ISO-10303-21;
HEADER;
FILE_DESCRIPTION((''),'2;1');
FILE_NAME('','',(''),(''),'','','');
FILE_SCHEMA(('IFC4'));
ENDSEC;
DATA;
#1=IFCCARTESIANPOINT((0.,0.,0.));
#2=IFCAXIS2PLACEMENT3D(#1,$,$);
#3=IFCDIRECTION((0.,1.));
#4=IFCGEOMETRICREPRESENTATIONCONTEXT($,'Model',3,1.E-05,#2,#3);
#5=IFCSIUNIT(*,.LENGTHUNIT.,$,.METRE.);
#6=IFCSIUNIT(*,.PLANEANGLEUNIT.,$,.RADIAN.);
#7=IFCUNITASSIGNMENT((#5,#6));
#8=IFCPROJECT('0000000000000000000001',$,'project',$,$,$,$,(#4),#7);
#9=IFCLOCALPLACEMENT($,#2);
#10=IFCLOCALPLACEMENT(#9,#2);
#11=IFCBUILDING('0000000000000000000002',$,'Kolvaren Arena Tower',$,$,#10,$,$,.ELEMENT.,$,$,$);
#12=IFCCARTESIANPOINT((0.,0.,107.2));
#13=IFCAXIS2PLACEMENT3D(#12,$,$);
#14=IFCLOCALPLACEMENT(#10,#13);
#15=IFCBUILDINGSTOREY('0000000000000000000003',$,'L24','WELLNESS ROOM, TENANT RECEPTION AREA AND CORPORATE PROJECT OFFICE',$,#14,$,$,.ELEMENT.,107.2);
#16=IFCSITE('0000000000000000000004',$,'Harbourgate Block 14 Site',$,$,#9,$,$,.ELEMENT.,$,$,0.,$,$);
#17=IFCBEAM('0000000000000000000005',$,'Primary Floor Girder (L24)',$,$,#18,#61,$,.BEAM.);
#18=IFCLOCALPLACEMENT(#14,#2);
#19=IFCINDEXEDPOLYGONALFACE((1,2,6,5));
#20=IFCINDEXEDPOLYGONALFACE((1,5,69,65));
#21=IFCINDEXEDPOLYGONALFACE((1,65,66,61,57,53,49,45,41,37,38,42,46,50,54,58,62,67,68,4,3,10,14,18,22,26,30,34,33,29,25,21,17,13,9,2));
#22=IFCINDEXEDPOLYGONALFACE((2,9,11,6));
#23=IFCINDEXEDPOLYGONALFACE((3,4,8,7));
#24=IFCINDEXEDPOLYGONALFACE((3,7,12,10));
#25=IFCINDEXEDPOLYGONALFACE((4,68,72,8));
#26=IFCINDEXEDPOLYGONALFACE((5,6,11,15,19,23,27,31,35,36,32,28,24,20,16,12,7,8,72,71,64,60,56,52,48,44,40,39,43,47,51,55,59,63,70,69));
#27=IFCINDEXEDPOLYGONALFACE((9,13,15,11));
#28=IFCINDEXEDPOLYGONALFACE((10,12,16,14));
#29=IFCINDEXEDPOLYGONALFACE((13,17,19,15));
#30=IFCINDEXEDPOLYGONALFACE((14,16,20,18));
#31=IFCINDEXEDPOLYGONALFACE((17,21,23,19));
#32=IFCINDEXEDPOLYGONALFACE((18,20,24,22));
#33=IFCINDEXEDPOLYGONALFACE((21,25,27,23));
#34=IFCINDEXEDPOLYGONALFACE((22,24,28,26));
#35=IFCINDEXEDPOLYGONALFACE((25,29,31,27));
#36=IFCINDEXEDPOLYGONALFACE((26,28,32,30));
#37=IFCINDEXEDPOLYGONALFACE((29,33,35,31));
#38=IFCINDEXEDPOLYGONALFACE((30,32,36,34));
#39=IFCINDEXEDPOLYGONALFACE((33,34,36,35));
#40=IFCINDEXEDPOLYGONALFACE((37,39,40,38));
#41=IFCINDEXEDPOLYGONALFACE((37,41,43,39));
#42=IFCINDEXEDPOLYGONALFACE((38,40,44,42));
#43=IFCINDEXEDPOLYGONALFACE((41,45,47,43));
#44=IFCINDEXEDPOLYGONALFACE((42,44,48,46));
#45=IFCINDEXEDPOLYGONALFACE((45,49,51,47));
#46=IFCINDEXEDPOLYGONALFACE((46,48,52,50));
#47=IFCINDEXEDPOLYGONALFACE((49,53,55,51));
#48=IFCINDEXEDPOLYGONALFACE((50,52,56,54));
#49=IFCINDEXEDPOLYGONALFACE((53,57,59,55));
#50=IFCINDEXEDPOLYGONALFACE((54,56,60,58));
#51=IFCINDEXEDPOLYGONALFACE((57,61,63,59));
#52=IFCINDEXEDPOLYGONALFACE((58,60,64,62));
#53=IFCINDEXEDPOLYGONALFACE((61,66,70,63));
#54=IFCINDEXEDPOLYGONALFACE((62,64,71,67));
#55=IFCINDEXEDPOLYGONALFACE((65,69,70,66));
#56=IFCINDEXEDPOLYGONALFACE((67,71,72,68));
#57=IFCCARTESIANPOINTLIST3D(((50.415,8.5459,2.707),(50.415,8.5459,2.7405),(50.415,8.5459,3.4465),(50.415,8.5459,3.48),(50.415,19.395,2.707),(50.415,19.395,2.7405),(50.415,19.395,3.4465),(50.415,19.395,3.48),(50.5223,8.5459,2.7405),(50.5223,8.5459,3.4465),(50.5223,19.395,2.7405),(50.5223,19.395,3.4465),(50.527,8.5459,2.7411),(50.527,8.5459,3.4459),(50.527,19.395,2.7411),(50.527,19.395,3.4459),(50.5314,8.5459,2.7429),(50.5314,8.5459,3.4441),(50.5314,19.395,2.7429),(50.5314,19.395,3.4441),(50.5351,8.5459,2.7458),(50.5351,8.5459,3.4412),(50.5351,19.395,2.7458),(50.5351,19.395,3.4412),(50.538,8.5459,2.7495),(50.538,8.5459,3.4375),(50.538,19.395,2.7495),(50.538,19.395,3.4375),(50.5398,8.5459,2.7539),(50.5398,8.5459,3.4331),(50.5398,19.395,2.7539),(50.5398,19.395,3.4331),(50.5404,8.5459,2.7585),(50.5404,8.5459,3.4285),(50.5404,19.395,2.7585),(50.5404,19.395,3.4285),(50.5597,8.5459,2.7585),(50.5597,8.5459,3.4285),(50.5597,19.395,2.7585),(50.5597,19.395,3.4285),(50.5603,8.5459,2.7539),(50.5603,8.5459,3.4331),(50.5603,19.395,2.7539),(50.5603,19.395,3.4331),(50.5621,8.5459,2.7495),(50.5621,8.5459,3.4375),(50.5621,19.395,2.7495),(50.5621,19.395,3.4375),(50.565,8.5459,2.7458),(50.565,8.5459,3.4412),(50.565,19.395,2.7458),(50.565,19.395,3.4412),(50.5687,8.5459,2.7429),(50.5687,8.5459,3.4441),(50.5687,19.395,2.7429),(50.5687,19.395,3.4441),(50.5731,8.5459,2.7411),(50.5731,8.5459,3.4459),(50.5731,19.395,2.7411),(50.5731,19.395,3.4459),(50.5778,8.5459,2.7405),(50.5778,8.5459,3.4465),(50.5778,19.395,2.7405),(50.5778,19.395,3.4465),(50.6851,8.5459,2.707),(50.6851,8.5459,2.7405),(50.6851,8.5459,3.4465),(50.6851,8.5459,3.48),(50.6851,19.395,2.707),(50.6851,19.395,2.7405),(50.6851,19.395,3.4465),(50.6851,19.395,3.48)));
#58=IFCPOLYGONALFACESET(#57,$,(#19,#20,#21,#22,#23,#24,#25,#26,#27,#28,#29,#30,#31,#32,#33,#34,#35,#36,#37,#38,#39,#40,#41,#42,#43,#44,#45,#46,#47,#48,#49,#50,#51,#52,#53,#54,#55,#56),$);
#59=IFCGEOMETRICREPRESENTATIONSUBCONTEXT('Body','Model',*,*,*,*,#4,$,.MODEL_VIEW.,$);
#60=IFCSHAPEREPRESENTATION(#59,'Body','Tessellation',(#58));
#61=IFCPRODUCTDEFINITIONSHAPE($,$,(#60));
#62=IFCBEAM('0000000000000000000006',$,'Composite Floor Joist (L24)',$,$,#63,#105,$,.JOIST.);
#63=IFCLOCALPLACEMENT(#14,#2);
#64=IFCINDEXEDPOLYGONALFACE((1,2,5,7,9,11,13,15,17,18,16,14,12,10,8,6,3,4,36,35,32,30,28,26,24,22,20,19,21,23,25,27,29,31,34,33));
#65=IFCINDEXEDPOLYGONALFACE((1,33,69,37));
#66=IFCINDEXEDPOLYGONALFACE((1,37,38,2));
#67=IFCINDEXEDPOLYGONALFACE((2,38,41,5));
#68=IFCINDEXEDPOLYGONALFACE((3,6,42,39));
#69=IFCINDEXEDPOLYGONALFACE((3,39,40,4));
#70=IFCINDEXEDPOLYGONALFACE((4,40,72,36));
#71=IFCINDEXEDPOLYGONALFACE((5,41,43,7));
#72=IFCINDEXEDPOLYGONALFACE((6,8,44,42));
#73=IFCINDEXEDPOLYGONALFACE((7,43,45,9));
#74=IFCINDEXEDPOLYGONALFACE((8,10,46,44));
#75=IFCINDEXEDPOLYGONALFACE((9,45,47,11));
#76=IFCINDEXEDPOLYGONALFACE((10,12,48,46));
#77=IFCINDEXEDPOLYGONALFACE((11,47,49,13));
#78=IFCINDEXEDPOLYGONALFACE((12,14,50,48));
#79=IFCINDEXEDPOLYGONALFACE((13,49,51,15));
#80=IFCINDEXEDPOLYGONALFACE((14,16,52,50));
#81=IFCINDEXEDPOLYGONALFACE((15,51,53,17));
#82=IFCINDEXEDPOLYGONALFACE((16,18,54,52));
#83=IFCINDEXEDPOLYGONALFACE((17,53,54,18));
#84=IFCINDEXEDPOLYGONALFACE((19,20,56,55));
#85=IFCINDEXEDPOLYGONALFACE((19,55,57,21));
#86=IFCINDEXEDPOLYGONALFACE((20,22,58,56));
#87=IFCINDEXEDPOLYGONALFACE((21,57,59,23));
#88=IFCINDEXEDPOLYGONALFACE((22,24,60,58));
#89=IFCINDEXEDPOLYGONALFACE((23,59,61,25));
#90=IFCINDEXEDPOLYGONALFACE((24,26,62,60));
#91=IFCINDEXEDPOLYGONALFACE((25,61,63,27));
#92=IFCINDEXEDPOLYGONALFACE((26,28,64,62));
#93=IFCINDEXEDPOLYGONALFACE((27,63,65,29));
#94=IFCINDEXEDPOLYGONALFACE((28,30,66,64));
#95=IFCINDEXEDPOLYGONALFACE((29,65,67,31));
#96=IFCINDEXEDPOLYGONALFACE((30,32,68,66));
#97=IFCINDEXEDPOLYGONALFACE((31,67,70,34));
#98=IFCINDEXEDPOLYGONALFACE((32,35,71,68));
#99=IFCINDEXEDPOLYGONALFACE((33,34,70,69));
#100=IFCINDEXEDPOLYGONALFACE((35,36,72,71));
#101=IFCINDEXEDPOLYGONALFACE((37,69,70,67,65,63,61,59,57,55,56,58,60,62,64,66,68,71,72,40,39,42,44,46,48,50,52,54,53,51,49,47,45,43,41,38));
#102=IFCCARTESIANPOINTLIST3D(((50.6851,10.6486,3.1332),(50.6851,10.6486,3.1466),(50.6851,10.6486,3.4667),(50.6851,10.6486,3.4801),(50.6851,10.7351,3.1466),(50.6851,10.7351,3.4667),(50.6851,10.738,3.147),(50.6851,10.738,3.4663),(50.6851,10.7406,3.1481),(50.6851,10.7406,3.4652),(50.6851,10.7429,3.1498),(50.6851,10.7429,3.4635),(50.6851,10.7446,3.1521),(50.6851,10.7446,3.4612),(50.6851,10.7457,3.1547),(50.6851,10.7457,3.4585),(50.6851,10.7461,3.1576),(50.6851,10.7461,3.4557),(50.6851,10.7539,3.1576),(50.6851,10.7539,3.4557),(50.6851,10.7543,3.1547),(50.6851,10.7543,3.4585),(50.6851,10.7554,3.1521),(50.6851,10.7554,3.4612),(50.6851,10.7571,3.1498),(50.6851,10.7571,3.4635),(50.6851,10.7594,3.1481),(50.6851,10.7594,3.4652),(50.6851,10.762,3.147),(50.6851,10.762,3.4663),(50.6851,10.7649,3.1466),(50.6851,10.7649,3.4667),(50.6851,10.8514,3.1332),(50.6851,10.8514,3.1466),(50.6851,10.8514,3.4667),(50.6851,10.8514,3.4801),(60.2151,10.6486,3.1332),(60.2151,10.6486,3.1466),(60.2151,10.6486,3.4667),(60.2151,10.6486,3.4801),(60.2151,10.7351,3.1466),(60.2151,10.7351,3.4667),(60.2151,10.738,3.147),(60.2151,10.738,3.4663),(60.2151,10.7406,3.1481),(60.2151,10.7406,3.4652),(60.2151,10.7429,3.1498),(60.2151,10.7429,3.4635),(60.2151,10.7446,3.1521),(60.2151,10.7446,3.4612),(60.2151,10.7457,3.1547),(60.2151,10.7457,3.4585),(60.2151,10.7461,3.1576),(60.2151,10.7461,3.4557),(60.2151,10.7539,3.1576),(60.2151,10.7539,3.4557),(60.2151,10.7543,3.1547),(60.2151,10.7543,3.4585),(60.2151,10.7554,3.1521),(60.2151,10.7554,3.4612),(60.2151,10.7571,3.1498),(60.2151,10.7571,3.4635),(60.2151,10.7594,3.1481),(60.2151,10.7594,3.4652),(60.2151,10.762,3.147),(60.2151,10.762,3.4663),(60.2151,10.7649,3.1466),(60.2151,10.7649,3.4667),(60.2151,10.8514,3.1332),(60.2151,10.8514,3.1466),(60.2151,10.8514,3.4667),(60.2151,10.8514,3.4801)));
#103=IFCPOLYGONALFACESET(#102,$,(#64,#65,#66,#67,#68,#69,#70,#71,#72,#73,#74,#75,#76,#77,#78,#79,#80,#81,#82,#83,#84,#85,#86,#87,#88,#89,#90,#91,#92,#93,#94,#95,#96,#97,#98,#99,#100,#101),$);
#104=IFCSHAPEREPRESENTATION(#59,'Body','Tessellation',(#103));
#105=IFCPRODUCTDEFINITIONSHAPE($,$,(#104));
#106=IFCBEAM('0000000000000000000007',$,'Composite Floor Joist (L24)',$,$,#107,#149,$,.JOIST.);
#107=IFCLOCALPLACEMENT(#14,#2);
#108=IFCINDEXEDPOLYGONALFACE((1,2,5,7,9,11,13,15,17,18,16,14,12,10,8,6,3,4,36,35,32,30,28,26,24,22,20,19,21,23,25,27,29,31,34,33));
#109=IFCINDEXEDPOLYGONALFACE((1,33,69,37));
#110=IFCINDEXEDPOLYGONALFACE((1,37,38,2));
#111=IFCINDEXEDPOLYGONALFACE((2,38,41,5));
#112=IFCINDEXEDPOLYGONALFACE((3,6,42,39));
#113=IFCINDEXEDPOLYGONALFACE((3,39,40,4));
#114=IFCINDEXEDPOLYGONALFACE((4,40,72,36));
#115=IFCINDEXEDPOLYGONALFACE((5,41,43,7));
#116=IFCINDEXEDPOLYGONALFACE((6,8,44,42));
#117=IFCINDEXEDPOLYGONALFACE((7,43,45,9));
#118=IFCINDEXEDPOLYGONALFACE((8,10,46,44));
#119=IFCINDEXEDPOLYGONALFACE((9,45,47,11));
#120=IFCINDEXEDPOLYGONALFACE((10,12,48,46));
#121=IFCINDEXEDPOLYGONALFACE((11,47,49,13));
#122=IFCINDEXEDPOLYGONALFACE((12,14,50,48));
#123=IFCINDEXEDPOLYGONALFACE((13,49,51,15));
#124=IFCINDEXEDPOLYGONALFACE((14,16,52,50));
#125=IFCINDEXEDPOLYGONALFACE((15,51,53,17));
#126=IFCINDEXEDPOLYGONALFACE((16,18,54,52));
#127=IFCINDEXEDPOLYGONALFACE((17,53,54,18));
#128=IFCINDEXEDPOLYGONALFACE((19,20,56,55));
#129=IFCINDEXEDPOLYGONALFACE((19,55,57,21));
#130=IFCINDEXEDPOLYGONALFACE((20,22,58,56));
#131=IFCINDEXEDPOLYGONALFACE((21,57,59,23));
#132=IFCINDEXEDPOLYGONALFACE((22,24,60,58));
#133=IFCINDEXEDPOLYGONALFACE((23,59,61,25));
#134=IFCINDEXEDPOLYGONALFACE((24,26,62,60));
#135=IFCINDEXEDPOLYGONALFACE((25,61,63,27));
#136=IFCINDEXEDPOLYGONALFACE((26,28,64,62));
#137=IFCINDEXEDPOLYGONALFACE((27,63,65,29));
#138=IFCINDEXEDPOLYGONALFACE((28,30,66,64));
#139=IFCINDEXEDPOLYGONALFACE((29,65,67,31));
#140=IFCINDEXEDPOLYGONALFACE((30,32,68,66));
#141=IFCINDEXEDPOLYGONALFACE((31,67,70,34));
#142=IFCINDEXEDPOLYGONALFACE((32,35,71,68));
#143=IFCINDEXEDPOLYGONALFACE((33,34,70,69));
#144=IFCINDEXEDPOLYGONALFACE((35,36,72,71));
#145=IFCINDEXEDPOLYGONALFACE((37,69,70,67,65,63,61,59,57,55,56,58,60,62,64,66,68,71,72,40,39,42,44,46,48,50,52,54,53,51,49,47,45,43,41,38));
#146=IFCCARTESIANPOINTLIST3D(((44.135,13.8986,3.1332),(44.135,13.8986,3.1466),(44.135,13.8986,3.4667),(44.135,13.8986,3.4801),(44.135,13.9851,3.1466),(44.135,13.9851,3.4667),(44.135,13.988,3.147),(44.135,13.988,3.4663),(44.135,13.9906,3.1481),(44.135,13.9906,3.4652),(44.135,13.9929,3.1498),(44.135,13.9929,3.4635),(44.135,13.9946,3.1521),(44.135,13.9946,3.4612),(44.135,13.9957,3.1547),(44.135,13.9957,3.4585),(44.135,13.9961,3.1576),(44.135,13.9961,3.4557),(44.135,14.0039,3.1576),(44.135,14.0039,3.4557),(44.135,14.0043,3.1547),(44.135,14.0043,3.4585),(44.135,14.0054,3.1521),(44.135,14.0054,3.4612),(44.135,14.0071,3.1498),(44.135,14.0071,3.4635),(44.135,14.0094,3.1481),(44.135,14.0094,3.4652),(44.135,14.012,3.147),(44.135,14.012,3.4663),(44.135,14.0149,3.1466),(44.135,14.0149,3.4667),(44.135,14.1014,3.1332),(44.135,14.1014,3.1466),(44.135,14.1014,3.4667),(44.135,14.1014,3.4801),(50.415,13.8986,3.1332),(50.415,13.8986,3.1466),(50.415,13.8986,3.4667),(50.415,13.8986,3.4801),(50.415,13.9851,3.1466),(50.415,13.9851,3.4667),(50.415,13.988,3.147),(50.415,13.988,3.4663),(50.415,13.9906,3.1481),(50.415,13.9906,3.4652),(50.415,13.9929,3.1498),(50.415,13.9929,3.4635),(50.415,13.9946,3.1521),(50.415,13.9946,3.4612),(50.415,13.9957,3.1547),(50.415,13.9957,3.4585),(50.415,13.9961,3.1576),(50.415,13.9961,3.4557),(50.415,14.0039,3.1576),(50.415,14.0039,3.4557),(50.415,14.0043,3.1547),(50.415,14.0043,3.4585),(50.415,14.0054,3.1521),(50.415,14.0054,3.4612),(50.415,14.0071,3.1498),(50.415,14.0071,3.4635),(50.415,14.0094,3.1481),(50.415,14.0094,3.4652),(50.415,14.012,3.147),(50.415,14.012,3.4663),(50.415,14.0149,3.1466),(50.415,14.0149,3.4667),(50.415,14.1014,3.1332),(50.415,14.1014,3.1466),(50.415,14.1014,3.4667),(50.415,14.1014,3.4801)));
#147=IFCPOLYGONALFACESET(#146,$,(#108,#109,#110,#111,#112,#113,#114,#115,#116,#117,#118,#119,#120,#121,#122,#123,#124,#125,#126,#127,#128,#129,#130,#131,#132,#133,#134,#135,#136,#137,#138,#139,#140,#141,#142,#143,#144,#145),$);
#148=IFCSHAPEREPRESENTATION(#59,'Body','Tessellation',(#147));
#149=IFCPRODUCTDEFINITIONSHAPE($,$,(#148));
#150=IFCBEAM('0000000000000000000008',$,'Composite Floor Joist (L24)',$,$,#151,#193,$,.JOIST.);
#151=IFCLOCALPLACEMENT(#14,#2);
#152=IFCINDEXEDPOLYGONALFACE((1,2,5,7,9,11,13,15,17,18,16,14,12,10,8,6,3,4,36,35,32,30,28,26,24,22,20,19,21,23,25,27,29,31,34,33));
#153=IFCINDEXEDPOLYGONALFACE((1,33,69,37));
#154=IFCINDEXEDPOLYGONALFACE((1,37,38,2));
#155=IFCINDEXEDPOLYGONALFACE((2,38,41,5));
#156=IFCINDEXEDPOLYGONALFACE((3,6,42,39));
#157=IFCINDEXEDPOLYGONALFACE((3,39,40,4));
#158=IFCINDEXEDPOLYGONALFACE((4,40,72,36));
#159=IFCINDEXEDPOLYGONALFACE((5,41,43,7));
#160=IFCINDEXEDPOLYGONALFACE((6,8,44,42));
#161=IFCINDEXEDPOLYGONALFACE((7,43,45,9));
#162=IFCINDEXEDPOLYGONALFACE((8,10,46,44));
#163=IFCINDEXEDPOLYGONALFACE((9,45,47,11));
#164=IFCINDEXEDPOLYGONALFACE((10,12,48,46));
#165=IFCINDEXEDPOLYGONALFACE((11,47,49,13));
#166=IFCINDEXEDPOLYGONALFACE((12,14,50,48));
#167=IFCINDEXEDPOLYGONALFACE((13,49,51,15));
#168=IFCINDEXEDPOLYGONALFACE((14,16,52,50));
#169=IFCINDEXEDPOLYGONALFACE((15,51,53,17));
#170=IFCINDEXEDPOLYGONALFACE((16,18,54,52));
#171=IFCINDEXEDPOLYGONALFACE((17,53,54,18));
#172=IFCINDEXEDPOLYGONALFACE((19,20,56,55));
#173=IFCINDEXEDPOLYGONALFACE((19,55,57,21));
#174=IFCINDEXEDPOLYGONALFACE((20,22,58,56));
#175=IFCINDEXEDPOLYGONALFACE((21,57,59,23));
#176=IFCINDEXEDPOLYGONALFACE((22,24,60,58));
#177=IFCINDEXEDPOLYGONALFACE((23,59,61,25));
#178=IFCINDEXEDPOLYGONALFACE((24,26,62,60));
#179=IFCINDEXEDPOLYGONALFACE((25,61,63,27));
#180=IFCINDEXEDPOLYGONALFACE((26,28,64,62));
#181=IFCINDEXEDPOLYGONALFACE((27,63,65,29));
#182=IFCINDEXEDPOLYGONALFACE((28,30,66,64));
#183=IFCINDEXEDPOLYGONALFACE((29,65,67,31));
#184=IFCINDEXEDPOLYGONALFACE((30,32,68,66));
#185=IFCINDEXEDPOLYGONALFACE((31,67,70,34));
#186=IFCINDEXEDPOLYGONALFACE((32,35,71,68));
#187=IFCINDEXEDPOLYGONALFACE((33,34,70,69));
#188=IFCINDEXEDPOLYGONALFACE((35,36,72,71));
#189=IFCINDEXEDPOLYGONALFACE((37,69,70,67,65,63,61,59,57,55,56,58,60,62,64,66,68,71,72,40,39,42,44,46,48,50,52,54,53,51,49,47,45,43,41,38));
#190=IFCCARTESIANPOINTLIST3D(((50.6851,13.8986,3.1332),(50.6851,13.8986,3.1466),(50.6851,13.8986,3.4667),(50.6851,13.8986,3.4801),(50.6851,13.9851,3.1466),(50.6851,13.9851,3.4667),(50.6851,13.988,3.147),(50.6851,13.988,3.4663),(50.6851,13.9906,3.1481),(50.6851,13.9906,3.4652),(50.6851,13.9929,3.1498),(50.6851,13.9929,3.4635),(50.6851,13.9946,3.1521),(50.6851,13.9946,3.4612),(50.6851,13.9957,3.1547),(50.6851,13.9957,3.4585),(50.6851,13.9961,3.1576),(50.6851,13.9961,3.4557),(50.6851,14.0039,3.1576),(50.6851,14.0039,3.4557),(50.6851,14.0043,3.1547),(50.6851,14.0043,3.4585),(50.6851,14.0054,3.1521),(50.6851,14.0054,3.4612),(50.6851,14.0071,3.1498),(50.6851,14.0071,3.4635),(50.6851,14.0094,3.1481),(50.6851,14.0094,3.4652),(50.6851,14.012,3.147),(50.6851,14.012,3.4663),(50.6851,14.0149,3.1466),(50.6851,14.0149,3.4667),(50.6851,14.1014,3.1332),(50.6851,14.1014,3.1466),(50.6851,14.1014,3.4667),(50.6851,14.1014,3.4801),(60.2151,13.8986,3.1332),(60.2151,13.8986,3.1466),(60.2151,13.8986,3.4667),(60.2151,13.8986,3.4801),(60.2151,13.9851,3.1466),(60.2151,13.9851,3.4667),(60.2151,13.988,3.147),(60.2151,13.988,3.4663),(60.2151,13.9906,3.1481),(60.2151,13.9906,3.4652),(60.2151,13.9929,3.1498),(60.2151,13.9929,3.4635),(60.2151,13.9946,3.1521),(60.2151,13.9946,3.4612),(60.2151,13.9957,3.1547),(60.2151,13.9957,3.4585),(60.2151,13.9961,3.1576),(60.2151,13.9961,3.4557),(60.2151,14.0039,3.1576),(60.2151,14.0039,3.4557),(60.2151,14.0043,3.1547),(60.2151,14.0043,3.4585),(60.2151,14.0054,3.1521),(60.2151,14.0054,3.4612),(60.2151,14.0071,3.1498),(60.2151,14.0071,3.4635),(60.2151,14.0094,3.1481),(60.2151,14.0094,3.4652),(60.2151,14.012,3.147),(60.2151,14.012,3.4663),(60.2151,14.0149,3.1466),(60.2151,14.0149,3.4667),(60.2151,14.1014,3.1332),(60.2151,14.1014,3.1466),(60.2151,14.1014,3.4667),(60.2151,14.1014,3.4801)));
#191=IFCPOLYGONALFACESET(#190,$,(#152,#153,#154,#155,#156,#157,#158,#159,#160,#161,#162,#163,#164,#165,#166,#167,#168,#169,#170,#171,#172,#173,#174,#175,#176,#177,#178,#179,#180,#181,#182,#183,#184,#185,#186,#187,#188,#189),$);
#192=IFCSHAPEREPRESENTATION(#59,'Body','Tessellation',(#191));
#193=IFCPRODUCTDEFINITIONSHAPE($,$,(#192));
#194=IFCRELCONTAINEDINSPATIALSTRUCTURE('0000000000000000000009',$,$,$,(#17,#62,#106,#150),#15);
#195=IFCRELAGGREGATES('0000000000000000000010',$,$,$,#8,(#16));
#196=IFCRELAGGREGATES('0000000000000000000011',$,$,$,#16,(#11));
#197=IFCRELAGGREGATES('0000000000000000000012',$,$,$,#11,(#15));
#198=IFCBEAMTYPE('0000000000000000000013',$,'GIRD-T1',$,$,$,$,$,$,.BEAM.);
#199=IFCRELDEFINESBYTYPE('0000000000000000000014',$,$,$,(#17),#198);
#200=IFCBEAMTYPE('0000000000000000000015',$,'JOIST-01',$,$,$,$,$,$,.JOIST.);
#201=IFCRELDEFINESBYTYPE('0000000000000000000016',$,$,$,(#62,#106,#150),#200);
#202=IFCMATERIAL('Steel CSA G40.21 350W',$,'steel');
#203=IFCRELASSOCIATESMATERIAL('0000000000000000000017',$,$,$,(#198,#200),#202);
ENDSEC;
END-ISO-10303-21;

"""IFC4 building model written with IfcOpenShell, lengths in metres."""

from ifc_helpers import new_model, si_unit, direction, frame, origin, origin_2d, place, context, subcontext, project, spatial, i_section, extrude, material, material_profile, profile_set, type_object, element, save


model = new_model("IFC4")

# Units and contexts
model_context = context("Model", 3, precision=1e-05, world=origin(), true_north=direction((0.0, 1.0)))
body_context = subcontext(model_context, "Body", "Model", "MODEL_VIEW")
ifc_project = project(units=[si_unit("LENGTHUNIT", "METRE"), si_unit("PLANEANGLEUNIT", "RADIAN")], contexts=[model_context])

# Site, building, storey
site_placement = place(None, origin())
site = spatial("IfcSite", under=ifc_project, at=site_placement, Name="Harbourgate Block 14 Site", CompositionType="ELEMENT", RefElevation=0.0)
building_placement = place(site_placement, origin())
building = spatial("IfcBuilding", under=site, at=building_placement, Name="Kolvaren Arena Tower", CompositionType="ELEMENT")
storey_placement = place(building_placement, frame((0.0, 0.0, 107.2)))
storey = spatial("IfcBuildingStorey", under=building, at=storey_placement, Name="L24", Description="WELLNESS ROOM, TENANT RECEPTION AREA AND CORPORATE PROJECT OFFICE", CompositionType="ELEMENT", Elevation=107.2)

# Beams
ifc_material_1 = material(Name="Steel CSA G40.21 350W", Category="steel")
ifc_material_profile_1 = material_profile(ifc_material_1, i_section(OverallWidth=0.27, OverallDepth=0.7729, WebThickness=0.0193, FlangeThickness=0.0334, FilletRadius=0.0181, at=origin_2d()), Name="W760x257")
ifc_profile_set_1 = profile_set([ifc_material_profile_1], Name="Steel CSA G40.21 350W")
beam_type_1 = type_object("IfcBeamType", Name="GIRD-T1", PredefinedType="BEAM", material=ifc_profile_set_1)
beam_1_placement = place(storey_placement, frame((50.55, 8.5459, 3.0935), z_axis=(0.0, 1.0, 0.0), x_axis=(-1.0, 0.0, 0.0)))
element("IfcBeam", 1, at=beam_1_placement, inside=storey, type_object=beam_type_1, Name="Primary Floor Girder (L24)", PredefinedType="BEAM", context=body_context, shape_type="SweptSolid", body=[
    extrude(i_section(OverallWidth=0.27, OverallDepth=0.7729, WebThickness=0.0193, FlangeThickness=0.0334, FilletRadius=0.0181, at=origin_2d()), origin(), (0.0, 0.0, 1.0), 10.8491),
])
ifc_material_profile_2 = material_profile(ifc_material_1, i_section(OverallWidth=0.2029, OverallDepth=0.3469, WebThickness=0.0078, FlangeThickness=0.0134, FilletRadius=0.011, at=origin_2d()), Name="W360x64")
ifc_profile_set_2 = profile_set([ifc_material_profile_2], Name="Steel CSA G40.21 350W")
beam_type_2 = type_object("IfcBeamType", Name="JOIST-01", PredefinedType="JOIST", material=ifc_profile_set_2)
beam_2_placement = place(storey_placement, frame((50.6851, 10.75, 3.3066), z_axis=(1.0, 0.0, 0.0), x_axis=(0.0, 1.0, 0.0)))
element("IfcBeam", 2, at=beam_2_placement, inside=storey, type_object=beam_type_2, Name="Composite Floor Joist (L24)", PredefinedType="JOIST", context=body_context, shape_type="SweptSolid", body=[
    extrude(i_section(OverallWidth=0.2029, OverallDepth=0.3469, WebThickness=0.0078, FlangeThickness=0.0134, FilletRadius=0.011, at=origin_2d()), origin(), (0.0, 0.0, 1.0), 9.53),
])
beam_3_placement = place(storey_placement, frame((44.135, 14.0, 3.3066), z_axis=(1.0, 0.0, 0.0), x_axis=(0.0, 1.0, 0.0)))
element("IfcBeam", 3, at=beam_3_placement, inside=storey, type_object=beam_type_2, Name="Composite Floor Joist (L24)", PredefinedType="JOIST", context=body_context, shape_type="SweptSolid", body=[
    extrude(i_section(OverallWidth=0.2029, OverallDepth=0.3469, WebThickness=0.0078, FlangeThickness=0.0134, FilletRadius=0.011, at=origin_2d()), origin(), (0.0, 0.0, 1.0), 6.28),
])
beam_4_placement = place(storey_placement, frame((50.6851, 14.0, 3.3066), z_axis=(1.0, 0.0, 0.0), x_axis=(0.0, 1.0, 0.0)))
element("IfcBeam", 4, at=beam_4_placement, inside=storey, type_object=beam_type_2, Name="Composite Floor Joist (L24)", PredefinedType="JOIST", context=body_context, shape_type="SweptSolid", body=[
    extrude(i_section(OverallWidth=0.2029, OverallDepth=0.3469, WebThickness=0.0078, FlangeThickness=0.0134, FilletRadius=0.011, at=origin_2d()), origin(), (0.0, 0.0, 1.0), 9.53),
])

save(model, "model.ifc")
